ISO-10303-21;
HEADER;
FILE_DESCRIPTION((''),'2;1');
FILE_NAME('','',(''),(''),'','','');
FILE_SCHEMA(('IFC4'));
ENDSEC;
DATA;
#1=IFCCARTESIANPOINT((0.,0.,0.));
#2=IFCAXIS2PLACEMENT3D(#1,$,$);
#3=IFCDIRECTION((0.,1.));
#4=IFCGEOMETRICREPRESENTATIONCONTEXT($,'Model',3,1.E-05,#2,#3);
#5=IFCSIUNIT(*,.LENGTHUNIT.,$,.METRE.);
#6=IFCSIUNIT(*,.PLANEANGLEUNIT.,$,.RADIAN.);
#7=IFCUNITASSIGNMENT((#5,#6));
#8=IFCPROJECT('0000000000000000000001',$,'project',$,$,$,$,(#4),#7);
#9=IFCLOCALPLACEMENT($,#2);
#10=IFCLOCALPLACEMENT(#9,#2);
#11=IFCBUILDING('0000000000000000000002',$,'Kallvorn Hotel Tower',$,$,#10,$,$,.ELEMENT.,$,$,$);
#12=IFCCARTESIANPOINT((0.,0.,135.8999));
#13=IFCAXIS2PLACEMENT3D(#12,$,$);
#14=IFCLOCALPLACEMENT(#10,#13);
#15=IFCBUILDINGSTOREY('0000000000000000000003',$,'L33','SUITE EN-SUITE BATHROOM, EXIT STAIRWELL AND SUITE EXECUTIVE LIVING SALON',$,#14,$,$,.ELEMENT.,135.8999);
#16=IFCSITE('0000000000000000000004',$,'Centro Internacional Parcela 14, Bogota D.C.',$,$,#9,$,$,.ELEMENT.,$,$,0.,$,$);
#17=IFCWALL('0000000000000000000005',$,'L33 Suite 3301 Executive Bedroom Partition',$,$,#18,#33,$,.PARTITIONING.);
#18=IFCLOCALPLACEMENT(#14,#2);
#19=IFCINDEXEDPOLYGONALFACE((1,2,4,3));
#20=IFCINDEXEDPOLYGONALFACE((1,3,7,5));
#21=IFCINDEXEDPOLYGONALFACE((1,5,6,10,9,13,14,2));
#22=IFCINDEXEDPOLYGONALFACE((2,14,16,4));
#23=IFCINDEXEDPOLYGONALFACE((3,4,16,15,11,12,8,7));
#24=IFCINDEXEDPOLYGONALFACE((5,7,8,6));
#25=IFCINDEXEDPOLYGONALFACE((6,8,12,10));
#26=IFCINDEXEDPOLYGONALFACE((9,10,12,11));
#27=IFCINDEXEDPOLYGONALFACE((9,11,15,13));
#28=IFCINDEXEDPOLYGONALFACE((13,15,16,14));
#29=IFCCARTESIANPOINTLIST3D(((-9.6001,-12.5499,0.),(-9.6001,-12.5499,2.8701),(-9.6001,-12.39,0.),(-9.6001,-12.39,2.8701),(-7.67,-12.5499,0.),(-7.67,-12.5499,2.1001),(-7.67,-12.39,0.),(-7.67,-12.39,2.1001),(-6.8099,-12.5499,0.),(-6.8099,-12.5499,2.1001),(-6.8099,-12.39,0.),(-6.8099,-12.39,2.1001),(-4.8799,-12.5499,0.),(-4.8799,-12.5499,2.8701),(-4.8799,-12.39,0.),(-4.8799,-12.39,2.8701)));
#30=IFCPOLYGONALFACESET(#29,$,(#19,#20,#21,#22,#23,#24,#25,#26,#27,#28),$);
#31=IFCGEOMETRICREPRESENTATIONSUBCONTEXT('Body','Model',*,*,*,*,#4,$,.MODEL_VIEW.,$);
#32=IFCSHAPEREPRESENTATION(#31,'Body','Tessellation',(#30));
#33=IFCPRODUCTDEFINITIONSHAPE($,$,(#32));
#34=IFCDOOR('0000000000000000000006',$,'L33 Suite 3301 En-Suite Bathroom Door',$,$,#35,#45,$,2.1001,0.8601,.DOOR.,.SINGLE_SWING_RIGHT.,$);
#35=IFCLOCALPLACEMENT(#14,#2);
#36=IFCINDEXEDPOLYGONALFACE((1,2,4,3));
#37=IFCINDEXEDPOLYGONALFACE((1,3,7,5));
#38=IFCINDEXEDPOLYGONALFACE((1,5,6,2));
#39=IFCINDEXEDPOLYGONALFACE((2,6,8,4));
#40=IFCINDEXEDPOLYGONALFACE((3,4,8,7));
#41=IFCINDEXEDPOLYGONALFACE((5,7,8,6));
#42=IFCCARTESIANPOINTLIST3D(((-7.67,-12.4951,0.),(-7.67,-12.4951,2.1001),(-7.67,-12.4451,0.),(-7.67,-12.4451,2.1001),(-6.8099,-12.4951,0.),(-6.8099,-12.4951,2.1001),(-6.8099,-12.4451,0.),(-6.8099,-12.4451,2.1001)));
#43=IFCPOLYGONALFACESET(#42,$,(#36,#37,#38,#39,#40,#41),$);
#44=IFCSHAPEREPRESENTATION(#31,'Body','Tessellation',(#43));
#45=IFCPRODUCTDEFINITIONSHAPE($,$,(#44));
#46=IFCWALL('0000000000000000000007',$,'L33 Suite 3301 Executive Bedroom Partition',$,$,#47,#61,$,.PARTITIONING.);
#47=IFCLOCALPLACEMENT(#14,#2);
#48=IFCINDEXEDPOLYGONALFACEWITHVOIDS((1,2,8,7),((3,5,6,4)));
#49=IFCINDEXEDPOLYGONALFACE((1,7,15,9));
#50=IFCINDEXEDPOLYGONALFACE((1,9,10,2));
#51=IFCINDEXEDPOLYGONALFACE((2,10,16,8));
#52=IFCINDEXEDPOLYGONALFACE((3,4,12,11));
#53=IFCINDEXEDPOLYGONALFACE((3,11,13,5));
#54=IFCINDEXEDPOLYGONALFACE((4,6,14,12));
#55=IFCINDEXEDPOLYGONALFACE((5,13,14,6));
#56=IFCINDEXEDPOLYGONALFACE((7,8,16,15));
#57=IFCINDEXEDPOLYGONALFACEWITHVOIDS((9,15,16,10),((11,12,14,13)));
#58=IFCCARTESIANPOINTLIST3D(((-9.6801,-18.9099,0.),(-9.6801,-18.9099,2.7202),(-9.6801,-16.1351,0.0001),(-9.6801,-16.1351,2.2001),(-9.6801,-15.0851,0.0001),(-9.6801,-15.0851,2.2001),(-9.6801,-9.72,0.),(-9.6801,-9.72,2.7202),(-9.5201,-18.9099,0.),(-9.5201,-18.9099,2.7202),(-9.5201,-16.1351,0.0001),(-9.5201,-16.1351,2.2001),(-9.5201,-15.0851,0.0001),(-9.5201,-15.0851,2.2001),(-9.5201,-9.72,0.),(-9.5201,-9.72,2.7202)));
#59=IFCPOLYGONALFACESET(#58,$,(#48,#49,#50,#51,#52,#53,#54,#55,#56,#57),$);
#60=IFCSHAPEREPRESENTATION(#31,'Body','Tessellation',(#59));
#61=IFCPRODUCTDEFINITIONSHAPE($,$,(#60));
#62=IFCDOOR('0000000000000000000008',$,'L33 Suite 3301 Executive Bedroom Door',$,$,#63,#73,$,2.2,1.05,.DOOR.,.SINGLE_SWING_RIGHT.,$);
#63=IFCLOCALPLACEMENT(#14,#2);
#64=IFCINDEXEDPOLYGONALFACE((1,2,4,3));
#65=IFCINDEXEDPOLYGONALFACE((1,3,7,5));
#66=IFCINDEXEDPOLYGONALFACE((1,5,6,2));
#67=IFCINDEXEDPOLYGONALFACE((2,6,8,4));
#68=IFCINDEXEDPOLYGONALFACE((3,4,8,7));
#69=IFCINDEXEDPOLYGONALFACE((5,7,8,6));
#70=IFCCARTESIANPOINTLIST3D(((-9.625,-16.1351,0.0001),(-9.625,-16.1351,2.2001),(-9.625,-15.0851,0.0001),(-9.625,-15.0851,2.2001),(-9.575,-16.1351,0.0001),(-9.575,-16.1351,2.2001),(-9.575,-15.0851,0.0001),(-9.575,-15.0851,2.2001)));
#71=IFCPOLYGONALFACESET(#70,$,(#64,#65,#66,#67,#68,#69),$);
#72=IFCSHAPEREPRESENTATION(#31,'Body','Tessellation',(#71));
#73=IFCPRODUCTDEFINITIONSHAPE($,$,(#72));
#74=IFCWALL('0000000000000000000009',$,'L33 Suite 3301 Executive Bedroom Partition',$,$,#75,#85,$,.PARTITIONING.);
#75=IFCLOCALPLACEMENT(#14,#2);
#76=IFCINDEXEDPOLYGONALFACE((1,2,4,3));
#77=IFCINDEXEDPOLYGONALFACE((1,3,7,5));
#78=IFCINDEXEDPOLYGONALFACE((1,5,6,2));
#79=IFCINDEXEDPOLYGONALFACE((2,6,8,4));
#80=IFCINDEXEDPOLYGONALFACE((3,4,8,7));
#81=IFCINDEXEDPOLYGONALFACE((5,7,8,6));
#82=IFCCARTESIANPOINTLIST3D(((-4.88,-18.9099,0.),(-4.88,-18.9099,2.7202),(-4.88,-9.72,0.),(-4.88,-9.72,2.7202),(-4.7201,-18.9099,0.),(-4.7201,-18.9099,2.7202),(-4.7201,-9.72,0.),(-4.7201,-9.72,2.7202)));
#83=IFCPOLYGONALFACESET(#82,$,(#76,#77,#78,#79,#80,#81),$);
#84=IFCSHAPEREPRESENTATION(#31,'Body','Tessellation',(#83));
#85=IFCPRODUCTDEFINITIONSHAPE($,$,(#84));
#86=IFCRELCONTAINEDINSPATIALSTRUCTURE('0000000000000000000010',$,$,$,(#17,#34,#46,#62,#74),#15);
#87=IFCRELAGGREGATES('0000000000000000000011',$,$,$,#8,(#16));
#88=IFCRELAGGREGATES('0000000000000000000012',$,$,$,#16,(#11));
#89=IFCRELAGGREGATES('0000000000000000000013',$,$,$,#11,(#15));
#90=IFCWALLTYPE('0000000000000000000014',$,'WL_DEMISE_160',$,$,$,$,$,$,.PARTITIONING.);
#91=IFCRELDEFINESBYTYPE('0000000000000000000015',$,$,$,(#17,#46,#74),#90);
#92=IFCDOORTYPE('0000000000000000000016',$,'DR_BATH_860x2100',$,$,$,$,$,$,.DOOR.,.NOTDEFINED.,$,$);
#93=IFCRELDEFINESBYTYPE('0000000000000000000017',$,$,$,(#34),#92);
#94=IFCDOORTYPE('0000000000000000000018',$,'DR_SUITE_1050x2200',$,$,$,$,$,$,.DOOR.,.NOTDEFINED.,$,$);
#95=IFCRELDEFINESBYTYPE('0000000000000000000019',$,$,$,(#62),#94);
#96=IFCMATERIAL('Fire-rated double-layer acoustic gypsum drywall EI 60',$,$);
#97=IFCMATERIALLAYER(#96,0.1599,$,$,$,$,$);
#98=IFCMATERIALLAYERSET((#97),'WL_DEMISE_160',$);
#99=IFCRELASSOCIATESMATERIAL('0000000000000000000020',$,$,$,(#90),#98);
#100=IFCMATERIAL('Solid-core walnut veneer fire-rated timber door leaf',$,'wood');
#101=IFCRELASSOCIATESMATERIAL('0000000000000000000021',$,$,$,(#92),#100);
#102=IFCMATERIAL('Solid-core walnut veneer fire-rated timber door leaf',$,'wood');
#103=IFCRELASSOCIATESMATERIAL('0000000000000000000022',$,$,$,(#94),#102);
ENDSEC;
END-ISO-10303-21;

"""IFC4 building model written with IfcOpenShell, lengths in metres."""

from ifc_helpers import new_model, si_unit, direction, frame, frame_2d, origin, place, context, subcontext, project, spatial, rectangle, extrude, material, layer, layer_set, type_object, element, fill, save


model = new_model("IFC4")

# Units and contexts
model_context = context("Model", 3, precision=1e-05, world=origin(), true_north=direction((0.0, 1.0)))
body_context = subcontext(model_context, "Body", "Model", "MODEL_VIEW")
ifc_project = project(units=[si_unit("LENGTHUNIT", "METRE"), si_unit("PLANEANGLEUNIT", "RADIAN")], contexts=[model_context])

# Site, building, storey
site_placement = place(None, origin())
site = spatial("IfcSite", under=ifc_project, at=site_placement, Name="Centro Internacional Parcela 14, Bogota D.C.", CompositionType="ELEMENT", RefElevation=0.0)
building_placement = place(site_placement, origin())
building = spatial("IfcBuilding", under=site, at=building_placement, Name="Kallvorn Hotel Tower", CompositionType="ELEMENT")
storey_placement = place(building_placement, frame((0.0, 0.0, 135.8999)))
storey = spatial("IfcBuildingStorey", under=building, at=storey_placement, Name="L33", Description="SUITE EN-SUITE BATHROOM, EXIT STAIRWELL AND SUITE EXECUTIVE LIVING SALON", CompositionType="ELEMENT", Elevation=135.8999)

# Walls, openings, doors
ifc_material_1 = material(Name="Fire-rated double-layer acoustic gypsum drywall EI 60")
ifc_layer_1 = layer(ifc_material_1, 0.1599)
ifc_layer_set_1 = layer_set([ifc_layer_1], Name="WL_DEMISE_160")
wall_type = type_object("IfcWallType", Name="WL_DEMISE_160", PredefinedType="PARTITIONING", material=ifc_layer_set_1)
wall_1_placement = place(storey_placement, frame((-9.6001, -12.47, 0.0), z_axis=(0.0, 0.0, 1.0), x_axis=(1.0, 0.0, 0.0)))
wall_1 = element("IfcWall", 1, at=wall_1_placement, inside=storey, type_object=wall_type, Name="L33 Suite 3301 Executive Bedroom Partition", PredefinedType="PARTITIONING", context=body_context, shape_type="SweptSolid", body=[
    extrude(rectangle(XDim=4.7202, YDim=0.1599, at=frame_2d((2.3601, 0.0))), origin(), (0.0, 0.0, 1.0), 2.8701),
])
opening_1_placement = place(wall_1_placement, frame((1.9299, 0.0, 0.0)))
opening_1 = element("IfcOpeningElement", 2, at=opening_1_placement, cuts=wall_1, PredefinedType="OPENING", context=body_context, shape_type="SweptSolid", body=[
    extrude(rectangle(XDim=0.8601, YDim=2.1001, at=frame_2d((0.4302, 1.05))), frame((0.0, 0.095, 0.0), z_axis=(0.0, -1.0, 0.0), x_axis=(1.0, 0.0, 0.0)), (0.0, 0.0, 1.0), 0.1899),
])
ifc_material_2 = material(Name="Solid-core walnut veneer fire-rated timber door leaf", Category="wood")
door_type_1 = type_object("IfcDoorType", Name="DR_BATH_860x2100", OperationType="NOTDEFINED", PredefinedType="DOOR", material=ifc_material_2)
door_1_placement = place(opening_1_placement, origin())
door_1 = element("IfcDoor", 3, at=door_1_placement, inside=storey, type_object=door_type_1, Name="L33 Suite 3301 En-Suite Bathroom Door", OperationType="SINGLE_SWING_RIGHT", OverallHeight=2.1001, OverallWidth=0.8601, PredefinedType="DOOR", context=body_context, shape_type="SweptSolid", body=[
    extrude(rectangle(XDim=0.8601, YDim=2.1001, at=frame_2d((0.4302, 1.05))), frame((0.0, 0.0249, 0.0), z_axis=(0.0, -1.0, 0.0), x_axis=(1.0, 0.0, 0.0)), (0.0, 0.0, 1.0), 0.05),
])
fill(opening_1, door_1)
wall_2_placement = place(storey_placement, frame((-9.6001, -18.9099, 0.0), z_axis=(0.0, 0.0, 1.0), x_axis=(0.0, 1.0, 0.0)))
wall_2 = element("IfcWall", 4, at=wall_2_placement, inside=storey, type_object=wall_type, Name="L33 Suite 3301 Executive Bedroom Partition", PredefinedType="PARTITIONING", context=body_context, shape_type="SweptSolid", body=[
    extrude(rectangle(XDim=9.1899, YDim=0.1599, at=frame_2d((4.595, 0.0))), origin(), (0.0, 0.0, 1.0), 2.7202),
])
opening_2_placement = place(wall_2_placement, frame((2.7749, 0.0, 0.0)))
opening_2 = element("IfcOpeningElement", 5, at=opening_2_placement, cuts=wall_2, PredefinedType="OPENING", context=body_context, shape_type="SweptSolid", body=[
    extrude(rectangle(XDim=1.05, YDim=2.2, at=frame_2d((0.5249, 1.1001))), frame((0.0, 0.095, 0.0), z_axis=(0.0, -1.0, 0.0), x_axis=(1.0, 0.0, 0.0)), (0.0, 0.0, 1.0), 0.1899),
])
ifc_material_3 = material(Name="Solid-core walnut veneer fire-rated timber door leaf", Category="wood")
door_type_2 = type_object("IfcDoorType", Name="DR_SUITE_1050x2200", OperationType="NOTDEFINED", PredefinedType="DOOR", material=ifc_material_3)
door_2_placement = place(opening_2_placement, origin())
door_2 = element("IfcDoor", 6, at=door_2_placement, inside=storey, type_object=door_type_2, Name="L33 Suite 3301 Executive Bedroom Door", OperationType="SINGLE_SWING_RIGHT", OverallHeight=2.2, OverallWidth=1.05, PredefinedType="DOOR", context=body_context, shape_type="SweptSolid", body=[
    extrude(rectangle(XDim=1.05, YDim=2.2, at=frame_2d((0.5249, 1.1001))), frame((0.0, 0.0249, 0.0), z_axis=(0.0, -1.0, 0.0), x_axis=(1.0, 0.0, 0.0)), (0.0, 0.0, 1.0), 0.05),
])
fill(opening_2, door_2)

# Wall
wall_3_placement = place(storey_placement, frame((-4.8, -18.9099, 0.0), z_axis=(0.0, 0.0, 1.0), x_axis=(0.0, 1.0, 0.0)))
element("IfcWall", 7, at=wall_3_placement, inside=storey, type_object=wall_type, Name="L33 Suite 3301 Executive Bedroom Partition", PredefinedType="PARTITIONING", context=body_context, shape_type="SweptSolid", body=[
    extrude(rectangle(XDim=9.1899, YDim=0.1599, at=frame_2d((4.595, 0.0))), origin(), (0.0, 0.0, 1.0), 2.7202),
])

save(model, "model.ifc")
